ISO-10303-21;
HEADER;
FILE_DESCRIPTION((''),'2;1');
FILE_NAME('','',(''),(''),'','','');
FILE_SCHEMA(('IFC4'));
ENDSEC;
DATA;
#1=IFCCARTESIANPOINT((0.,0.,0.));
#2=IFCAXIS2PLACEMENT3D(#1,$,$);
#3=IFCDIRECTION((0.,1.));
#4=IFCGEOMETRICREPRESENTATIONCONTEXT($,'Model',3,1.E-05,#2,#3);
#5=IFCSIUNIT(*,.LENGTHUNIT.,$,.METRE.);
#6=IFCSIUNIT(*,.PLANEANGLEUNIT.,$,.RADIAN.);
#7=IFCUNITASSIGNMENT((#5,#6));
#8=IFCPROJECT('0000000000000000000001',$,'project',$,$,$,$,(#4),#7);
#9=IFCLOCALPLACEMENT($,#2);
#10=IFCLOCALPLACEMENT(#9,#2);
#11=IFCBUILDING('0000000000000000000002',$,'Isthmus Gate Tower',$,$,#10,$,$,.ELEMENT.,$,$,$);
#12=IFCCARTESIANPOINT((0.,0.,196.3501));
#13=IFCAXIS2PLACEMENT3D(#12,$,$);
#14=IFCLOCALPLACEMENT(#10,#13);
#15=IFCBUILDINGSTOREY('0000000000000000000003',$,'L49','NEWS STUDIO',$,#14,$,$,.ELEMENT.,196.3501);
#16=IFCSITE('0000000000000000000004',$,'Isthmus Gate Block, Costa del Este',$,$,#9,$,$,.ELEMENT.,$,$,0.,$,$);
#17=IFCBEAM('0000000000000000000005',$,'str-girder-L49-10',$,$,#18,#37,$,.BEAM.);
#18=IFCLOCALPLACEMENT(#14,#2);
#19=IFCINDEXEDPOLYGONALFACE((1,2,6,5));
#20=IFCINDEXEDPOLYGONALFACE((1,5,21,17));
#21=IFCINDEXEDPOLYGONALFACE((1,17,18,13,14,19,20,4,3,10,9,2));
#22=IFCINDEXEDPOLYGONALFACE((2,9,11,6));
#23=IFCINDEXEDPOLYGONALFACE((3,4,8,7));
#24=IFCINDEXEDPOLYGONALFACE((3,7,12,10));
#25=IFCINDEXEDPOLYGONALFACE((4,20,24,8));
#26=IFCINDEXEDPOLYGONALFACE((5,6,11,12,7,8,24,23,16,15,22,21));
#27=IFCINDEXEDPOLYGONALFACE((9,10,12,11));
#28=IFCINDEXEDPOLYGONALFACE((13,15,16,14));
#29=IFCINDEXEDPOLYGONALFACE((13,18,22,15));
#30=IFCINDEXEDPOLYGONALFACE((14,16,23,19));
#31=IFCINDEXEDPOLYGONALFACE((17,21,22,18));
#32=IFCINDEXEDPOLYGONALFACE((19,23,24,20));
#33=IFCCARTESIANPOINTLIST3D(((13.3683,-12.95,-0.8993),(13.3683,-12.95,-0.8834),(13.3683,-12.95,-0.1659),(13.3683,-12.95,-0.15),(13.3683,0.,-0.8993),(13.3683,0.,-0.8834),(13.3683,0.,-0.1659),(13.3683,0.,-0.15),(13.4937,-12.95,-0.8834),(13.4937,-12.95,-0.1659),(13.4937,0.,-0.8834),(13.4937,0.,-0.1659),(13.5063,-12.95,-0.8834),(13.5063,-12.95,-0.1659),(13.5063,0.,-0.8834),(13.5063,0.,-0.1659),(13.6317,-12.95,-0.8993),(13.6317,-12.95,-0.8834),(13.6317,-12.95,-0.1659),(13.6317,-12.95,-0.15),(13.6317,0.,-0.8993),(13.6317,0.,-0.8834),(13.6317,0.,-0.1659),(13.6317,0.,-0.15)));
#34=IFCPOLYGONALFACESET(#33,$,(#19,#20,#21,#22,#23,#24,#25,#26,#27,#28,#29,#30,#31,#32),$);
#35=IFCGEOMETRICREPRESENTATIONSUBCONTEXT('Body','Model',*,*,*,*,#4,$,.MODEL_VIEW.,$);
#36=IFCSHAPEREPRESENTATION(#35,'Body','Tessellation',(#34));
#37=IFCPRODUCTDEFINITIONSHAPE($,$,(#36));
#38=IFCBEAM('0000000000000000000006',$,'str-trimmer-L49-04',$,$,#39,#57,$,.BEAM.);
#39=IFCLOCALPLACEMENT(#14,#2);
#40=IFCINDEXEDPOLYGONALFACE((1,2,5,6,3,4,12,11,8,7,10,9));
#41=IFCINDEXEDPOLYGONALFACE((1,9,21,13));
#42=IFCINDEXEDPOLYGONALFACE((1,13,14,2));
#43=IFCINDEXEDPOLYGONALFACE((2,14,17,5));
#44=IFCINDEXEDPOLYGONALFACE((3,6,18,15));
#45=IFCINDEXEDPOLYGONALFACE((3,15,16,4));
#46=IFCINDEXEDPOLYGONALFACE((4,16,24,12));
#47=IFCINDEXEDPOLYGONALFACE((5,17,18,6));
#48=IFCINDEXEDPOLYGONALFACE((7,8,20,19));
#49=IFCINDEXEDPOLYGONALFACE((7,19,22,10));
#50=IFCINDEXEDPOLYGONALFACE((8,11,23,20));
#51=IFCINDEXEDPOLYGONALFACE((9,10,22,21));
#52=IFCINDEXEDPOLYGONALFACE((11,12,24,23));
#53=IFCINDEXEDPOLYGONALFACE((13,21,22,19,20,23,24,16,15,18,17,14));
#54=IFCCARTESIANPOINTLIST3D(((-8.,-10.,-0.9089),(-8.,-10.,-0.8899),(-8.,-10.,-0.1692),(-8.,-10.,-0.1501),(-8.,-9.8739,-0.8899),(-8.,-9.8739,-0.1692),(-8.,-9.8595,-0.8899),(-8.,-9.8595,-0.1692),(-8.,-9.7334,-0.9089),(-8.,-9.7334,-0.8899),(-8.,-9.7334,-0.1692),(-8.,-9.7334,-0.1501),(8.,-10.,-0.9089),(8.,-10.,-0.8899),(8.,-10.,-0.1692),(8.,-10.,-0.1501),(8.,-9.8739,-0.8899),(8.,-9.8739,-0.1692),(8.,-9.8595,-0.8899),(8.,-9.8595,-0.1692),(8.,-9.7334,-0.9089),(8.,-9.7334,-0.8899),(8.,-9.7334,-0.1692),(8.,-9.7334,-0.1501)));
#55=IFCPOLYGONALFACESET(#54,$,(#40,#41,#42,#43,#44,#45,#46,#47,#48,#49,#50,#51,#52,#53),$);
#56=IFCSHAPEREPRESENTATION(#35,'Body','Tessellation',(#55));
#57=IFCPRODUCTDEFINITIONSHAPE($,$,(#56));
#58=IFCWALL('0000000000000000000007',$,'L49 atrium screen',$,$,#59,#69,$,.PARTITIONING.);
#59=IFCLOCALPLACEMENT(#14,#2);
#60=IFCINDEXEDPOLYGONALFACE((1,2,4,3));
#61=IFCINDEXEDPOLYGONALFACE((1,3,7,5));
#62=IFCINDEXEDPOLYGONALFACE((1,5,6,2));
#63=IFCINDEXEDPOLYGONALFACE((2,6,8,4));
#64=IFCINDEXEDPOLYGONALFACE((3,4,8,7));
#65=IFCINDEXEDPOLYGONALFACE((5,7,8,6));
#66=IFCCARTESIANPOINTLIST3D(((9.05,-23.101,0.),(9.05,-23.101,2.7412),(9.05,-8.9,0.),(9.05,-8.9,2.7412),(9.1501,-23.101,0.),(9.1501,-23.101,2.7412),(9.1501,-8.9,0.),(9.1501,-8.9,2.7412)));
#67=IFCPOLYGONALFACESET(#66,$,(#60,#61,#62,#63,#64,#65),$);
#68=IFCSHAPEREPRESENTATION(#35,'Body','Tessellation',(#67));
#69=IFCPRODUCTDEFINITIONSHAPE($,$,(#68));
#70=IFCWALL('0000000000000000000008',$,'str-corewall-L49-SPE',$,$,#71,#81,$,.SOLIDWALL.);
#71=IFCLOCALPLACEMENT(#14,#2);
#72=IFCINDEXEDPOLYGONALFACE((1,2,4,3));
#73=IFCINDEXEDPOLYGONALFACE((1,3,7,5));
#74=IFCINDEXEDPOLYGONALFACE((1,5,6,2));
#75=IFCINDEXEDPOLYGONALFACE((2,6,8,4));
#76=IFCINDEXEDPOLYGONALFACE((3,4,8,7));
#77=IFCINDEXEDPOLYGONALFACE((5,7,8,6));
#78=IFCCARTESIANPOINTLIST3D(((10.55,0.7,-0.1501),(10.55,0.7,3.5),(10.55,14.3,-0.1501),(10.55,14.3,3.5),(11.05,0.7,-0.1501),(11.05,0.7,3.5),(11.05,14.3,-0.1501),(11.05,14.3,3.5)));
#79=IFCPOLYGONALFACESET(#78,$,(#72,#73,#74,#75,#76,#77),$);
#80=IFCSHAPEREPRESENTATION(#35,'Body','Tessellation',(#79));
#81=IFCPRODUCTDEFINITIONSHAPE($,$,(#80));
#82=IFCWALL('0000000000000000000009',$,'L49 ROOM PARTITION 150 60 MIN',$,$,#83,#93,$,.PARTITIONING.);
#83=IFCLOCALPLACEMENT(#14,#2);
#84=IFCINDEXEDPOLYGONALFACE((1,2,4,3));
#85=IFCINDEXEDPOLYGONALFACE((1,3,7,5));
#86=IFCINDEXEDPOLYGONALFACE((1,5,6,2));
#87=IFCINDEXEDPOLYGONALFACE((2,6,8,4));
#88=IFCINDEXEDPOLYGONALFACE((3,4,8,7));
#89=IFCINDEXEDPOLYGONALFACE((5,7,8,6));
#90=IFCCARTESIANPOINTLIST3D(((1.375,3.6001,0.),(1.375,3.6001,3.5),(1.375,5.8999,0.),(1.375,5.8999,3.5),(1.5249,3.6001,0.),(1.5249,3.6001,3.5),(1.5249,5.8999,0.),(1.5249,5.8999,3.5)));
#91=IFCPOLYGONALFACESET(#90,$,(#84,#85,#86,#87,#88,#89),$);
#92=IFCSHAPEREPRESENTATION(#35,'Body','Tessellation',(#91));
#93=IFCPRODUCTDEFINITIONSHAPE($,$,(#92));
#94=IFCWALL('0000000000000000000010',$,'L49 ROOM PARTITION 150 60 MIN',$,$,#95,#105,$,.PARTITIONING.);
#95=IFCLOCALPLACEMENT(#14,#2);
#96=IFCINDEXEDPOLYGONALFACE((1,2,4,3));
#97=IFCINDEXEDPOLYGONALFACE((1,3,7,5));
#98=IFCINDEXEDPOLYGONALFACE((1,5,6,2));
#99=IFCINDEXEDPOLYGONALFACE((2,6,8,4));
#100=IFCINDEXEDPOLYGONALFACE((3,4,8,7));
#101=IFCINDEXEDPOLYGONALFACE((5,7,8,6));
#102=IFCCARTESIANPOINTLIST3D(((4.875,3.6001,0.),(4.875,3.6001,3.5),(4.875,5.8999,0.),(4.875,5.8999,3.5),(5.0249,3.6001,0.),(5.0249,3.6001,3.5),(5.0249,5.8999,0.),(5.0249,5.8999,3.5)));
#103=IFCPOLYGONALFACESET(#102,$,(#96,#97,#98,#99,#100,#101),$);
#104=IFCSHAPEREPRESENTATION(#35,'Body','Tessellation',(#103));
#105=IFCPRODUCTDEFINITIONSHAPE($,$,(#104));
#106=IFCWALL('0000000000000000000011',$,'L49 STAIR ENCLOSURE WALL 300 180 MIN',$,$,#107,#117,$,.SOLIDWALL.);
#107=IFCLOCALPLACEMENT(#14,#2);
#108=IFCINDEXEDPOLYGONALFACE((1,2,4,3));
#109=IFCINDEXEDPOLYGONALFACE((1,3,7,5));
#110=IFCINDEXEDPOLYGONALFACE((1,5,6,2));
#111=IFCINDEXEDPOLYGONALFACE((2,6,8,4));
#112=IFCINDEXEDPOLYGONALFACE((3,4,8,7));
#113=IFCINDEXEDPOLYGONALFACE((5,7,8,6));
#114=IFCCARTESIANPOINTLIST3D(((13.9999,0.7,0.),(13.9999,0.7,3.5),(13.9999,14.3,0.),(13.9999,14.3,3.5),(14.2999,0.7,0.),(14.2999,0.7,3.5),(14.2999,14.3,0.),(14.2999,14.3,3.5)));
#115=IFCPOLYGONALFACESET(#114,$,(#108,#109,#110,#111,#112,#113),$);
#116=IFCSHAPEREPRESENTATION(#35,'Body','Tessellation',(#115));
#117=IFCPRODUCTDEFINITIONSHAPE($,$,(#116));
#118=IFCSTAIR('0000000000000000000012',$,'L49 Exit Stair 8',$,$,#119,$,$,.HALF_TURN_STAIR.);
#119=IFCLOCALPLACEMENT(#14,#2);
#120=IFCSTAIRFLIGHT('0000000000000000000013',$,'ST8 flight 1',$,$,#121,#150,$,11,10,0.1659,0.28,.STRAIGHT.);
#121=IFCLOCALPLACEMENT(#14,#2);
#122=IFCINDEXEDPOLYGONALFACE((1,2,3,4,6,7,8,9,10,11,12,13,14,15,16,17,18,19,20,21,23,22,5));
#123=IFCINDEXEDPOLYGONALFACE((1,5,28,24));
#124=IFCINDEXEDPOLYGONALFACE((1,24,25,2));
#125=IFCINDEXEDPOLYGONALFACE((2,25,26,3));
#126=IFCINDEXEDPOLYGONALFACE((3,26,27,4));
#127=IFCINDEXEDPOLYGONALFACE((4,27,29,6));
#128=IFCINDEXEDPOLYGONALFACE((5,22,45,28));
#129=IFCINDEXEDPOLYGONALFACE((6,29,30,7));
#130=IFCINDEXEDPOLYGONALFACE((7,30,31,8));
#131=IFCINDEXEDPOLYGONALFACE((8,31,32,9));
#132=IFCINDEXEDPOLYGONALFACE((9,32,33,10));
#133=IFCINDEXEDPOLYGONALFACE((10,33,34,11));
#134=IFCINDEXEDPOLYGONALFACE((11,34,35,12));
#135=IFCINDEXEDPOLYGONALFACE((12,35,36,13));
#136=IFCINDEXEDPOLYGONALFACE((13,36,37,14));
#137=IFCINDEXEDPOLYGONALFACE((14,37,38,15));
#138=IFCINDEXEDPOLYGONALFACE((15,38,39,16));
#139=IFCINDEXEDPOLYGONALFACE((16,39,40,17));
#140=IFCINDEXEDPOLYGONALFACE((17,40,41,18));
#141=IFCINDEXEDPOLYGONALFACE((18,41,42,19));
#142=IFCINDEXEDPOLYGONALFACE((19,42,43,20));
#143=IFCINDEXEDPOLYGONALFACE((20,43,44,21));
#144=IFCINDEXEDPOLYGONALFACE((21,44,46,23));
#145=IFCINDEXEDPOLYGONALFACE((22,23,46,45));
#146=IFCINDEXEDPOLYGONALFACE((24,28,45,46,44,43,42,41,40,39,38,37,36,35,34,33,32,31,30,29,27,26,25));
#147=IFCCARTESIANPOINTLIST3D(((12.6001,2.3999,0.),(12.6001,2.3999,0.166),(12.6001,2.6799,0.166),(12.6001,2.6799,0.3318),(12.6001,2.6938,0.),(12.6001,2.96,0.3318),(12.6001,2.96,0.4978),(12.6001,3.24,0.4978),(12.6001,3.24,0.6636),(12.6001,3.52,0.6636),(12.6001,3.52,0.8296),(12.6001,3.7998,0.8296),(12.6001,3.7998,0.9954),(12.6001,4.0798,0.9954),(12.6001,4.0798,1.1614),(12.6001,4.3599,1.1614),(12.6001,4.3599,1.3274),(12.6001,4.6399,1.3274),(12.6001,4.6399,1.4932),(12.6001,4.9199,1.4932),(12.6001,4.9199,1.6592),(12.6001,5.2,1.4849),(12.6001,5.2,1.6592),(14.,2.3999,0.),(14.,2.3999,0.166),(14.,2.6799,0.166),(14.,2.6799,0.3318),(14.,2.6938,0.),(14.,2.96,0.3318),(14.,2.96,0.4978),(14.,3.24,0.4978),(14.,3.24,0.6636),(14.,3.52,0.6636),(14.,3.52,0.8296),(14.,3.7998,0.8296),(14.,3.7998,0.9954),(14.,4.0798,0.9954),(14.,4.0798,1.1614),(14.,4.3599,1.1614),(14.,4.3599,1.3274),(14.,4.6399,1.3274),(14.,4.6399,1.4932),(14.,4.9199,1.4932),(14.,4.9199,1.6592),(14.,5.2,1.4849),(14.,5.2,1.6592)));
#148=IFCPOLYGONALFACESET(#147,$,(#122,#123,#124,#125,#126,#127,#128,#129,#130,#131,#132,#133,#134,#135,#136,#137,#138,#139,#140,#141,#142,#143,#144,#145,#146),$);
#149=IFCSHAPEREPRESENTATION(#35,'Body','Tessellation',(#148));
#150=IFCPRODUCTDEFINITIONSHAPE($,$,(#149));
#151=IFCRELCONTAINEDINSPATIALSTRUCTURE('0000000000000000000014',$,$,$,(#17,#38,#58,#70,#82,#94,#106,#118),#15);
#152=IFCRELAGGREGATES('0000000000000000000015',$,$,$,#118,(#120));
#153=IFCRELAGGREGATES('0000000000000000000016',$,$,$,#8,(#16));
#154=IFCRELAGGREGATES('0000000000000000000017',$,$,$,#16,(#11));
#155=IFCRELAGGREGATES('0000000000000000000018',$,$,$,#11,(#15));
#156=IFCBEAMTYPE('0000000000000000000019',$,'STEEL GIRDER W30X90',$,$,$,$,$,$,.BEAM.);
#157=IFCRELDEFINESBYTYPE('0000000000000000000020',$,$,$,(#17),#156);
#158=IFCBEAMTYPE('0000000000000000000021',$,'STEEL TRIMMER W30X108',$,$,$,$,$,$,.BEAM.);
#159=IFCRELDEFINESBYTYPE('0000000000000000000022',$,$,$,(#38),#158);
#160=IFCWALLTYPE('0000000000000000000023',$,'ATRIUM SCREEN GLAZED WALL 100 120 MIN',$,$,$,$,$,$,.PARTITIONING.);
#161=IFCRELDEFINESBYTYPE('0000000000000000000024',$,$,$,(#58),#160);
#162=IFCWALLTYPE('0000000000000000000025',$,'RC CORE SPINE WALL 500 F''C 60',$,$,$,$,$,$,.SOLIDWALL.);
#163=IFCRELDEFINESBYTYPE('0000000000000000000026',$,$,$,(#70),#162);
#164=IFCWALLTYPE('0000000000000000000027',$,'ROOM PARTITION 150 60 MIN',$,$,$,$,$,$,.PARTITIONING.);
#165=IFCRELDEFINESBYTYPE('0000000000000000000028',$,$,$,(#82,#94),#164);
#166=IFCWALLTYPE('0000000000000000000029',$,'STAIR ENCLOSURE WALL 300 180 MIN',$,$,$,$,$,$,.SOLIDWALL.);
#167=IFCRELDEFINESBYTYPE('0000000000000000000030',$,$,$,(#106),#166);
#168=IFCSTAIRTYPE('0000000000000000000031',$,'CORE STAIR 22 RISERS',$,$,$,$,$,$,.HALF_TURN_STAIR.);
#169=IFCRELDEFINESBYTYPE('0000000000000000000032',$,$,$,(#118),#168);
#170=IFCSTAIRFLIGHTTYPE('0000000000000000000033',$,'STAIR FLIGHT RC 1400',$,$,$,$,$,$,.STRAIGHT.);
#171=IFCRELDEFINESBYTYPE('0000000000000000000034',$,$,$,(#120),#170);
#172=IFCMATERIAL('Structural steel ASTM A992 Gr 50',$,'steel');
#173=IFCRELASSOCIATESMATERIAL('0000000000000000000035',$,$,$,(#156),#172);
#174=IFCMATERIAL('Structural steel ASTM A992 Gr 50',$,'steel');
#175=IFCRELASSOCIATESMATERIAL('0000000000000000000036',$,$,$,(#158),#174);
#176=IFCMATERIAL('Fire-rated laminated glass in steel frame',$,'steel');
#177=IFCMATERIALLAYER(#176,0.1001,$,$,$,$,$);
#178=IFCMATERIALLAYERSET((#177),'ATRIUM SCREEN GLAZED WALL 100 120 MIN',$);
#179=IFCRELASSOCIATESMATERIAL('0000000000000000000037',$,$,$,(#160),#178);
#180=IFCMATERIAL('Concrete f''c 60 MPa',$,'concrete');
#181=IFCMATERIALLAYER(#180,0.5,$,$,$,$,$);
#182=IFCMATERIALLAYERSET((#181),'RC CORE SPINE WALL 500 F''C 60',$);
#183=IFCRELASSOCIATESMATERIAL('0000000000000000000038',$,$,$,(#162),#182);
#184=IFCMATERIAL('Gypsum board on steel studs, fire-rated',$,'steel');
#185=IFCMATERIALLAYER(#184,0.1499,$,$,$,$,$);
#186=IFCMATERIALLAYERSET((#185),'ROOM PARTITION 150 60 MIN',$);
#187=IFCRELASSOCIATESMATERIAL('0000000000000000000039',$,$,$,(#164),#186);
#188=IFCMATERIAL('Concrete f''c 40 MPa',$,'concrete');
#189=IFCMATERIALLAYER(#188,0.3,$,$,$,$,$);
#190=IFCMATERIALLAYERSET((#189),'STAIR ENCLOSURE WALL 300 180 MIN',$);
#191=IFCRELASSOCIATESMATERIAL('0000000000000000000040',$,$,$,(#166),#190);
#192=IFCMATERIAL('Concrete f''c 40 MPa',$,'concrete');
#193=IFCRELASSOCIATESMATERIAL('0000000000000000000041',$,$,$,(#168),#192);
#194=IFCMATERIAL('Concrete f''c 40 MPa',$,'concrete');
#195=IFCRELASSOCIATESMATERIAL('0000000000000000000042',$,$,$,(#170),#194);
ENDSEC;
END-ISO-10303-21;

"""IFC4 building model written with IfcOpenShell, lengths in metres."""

from ifc_helpers import new_model, si_unit, direction, frame, frame_2d, origin, origin_2d, place, context, subcontext, project, spatial, polyline, rectangle, i_section, outline, extrude, material, layer, layer_set, material_profile, profile_set, type_object, element, aggregate, save


model = new_model("IFC4")

# Units and contexts
model_context = context("Model", 3, precision=1e-05, world=origin(), true_north=direction((0.0, 1.0)))
body_context = subcontext(model_context, "Body", "Model", "MODEL_VIEW")
ifc_project = project(units=[si_unit("LENGTHUNIT", "METRE"), si_unit("PLANEANGLEUNIT", "RADIAN")], contexts=[model_context])

# Site, building, storey
site_placement = place(None, origin())
site = spatial("IfcSite", under=ifc_project, at=site_placement, Name="Isthmus Gate Block, Costa del Este", CompositionType="ELEMENT", RefElevation=0.0)
building_placement = place(site_placement, origin())
building = spatial("IfcBuilding", under=site, at=building_placement, Name="Isthmus Gate Tower", CompositionType="ELEMENT")
storey_placement = place(building_placement, frame((0.0, 0.0, 196.3501)))
storey = spatial("IfcBuildingStorey", under=building, at=storey_placement, Name="L49", Description="NEWS STUDIO", CompositionType="ELEMENT", Elevation=196.3501)

# Beams
ifc_material_1 = material(Name="Structural steel ASTM A992 Gr 50", Category="steel")
ifc_material_profile_1 = material_profile(ifc_material_1, i_section(OverallWidth=0.2634, OverallDepth=0.7493, WebThickness=0.0127, FlangeThickness=0.0159, at=origin_2d()), Name="W30X90")
ifc_profile_set_1 = profile_set([ifc_material_profile_1], Name="Structural steel ASTM A992 Gr 50")
beam_type_1 = type_object("IfcBeamType", Name="STEEL GIRDER W30X90", PredefinedType="BEAM", material=ifc_profile_set_1)
beam_1_placement = place(storey_placement, frame((13.5, -12.95, -0.5247), z_axis=(0.0, 1.0, 0.0), x_axis=(-1.0, 0.0, 0.0)))
element("IfcBeam", 1, at=beam_1_placement, inside=storey, type_object=beam_type_1, Name="str-girder-L49-10", PredefinedType="BEAM", context=body_context, shape_type="SweptSolid", body=[
    extrude(i_section(OverallWidth=0.2634, OverallDepth=0.7493, WebThickness=0.0127, FlangeThickness=0.0159, at=origin_2d()), origin(), (0.0, 0.0, 1.0), 12.95),
])
ifc_material_2 = material(Name="Structural steel ASTM A992 Gr 50", Category="steel")
ifc_material_profile_2 = material_profile(ifc_material_2, i_section(OverallWidth=0.2666, OverallDepth=0.7588, WebThickness=0.0144, FlangeThickness=0.019, at=origin_2d()), Name="W30X108")
ifc_profile_set_2 = profile_set([ifc_material_profile_2], Name="Structural steel ASTM A992 Gr 50")
beam_type_2 = type_object("IfcBeamType", Name="STEEL TRIMMER W30X108", PredefinedType="BEAM", material=ifc_profile_set_2)
beam_2_placement = place(storey_placement, frame((8.0, -9.8667, -0.5295), z_axis=(-1.0, 0.0, 0.0), x_axis=(0.0, -1.0, 0.0)))
element("IfcBeam", 2, at=beam_2_placement, inside=storey, type_object=beam_type_2, Name="str-trimmer-L49-04", PredefinedType="BEAM", context=body_context, shape_type="SweptSolid", body=[
    extrude(i_section(OverallWidth=0.2666, OverallDepth=0.7588, WebThickness=0.0144, FlangeThickness=0.019, at=origin_2d()), origin(), (0.0, 0.0, 1.0), 16.0),
])

# Walls
ifc_material_3 = material(Name="Fire-rated laminated glass in steel frame", Category="steel")
ifc_layer_1 = layer(ifc_material_3, 0.1001)
ifc_layer_set_1 = layer_set([ifc_layer_1], Name="ATRIUM SCREEN GLAZED WALL 100 120 MIN")
wall_type_1 = type_object("IfcWallType", Name="ATRIUM SCREEN GLAZED WALL 100 120 MIN", PredefinedType="PARTITIONING", material=ifc_layer_set_1)
wall_1_placement = place(storey_placement, frame((9.1001, -8.8999, 0.0), z_axis=(0.0, 0.0, 1.0), x_axis=(0.0, -1.0, 0.0)))
element("IfcWall", 3, at=wall_1_placement, inside=storey, type_object=wall_type_1, Name="L49 atrium screen", PredefinedType="PARTITIONING", context=body_context, shape_type="SweptSolid", body=[
    extrude(rectangle(XDim=14.2009, YDim=0.1001, at=frame_2d((7.1006, 0.0))), origin(), (0.0, 0.0, 1.0), 2.7412),
])
ifc_material_4 = material(Name="Concrete f'c 60 MPa", Category="concrete")
ifc_layer_2 = layer(ifc_material_4, 0.5)
ifc_layer_set_2 = layer_set([ifc_layer_2], Name="RC CORE SPINE WALL 500 F'C 60")
wall_type_2 = type_object("IfcWallType", Name="RC CORE SPINE WALL 500 F'C 60", PredefinedType="SOLIDWALL", material=ifc_layer_set_2)
wall_2_placement = place(storey_placement, frame((10.8, 0.7, -0.1501), z_axis=(0.0, 0.0, 1.0), x_axis=(0.0, 1.0, 0.0)))
element("IfcWall", 4, at=wall_2_placement, inside=storey, type_object=wall_type_2, Name="str-corewall-L49-SPE", PredefinedType="SOLIDWALL", context=body_context, shape_type="SweptSolid", body=[
    extrude(rectangle(XDim=13.6001, YDim=0.5, at=frame_2d((6.8, 0.0))), origin(), (0.0, 0.0, 1.0), 3.6501),
])
ifc_material_5 = material(Name="Gypsum board on steel studs, fire-rated", Category="steel")
ifc_layer_3 = layer(ifc_material_5, 0.1499)
ifc_layer_set_3 = layer_set([ifc_layer_3], Name="ROOM PARTITION 150 60 MIN")
wall_type_3 = type_object("IfcWallType", Name="ROOM PARTITION 150 60 MIN", PredefinedType="PARTITIONING", material=ifc_layer_set_3)
for number, where, z_axis, x_axis, name in (
    (5, (1.45, 3.6001, 0.0), (0.0, 0.0, 1.0), (0.0, 1.0, 0.0), "L49 ROOM PARTITION 150 60 MIN"),
    (6, (4.95, 3.6001, 0.0), (0.0, 0.0, 1.0), (0.0, 1.0, 0.0), "L49 ROOM PARTITION 150 60 MIN"),
):
    element("IfcWall", number, at=place(storey_placement, frame(where, z_axis=z_axis, x_axis=x_axis)), inside=storey, type_object=wall_type_3, Name=name, PredefinedType="PARTITIONING", context=body_context, shape_type="SweptSolid", body=[
        extrude(rectangle(XDim=2.2998, YDim=0.1499, at=frame_2d((1.1499, 0.0))), origin(), (0.0, 0.0, 1.0), 3.5),
    ])
ifc_material_6 = material(Name="Concrete f'c 40 MPa", Category="concrete")
ifc_layer_4 = layer(ifc_material_6, 0.3)
ifc_layer_set_4 = layer_set([ifc_layer_4], Name="STAIR ENCLOSURE WALL 300 180 MIN")
wall_type_4 = type_object("IfcWallType", Name="STAIR ENCLOSURE WALL 300 180 MIN", PredefinedType="SOLIDWALL", material=ifc_layer_set_4)
wall_3_placement = place(storey_placement, frame((14.1499, 0.7, 0.0), z_axis=(0.0, 0.0, 1.0), x_axis=(0.0, 1.0, 0.0)))
element("IfcWall", 7, at=wall_3_placement, inside=storey, type_object=wall_type_4, Name="L49 STAIR ENCLOSURE WALL 300 180 MIN", PredefinedType="SOLIDWALL", context=body_context, shape_type="SweptSolid", body=[
    extrude(rectangle(XDim=13.6001, YDim=0.3, at=frame_2d((6.8, 0.0))), origin(), (0.0, 0.0, 1.0), 3.5),
])

# Stair, stair flight
ifc_material_7 = material(Name="Concrete f'c 40 MPa", Category="concrete")
stair_type = type_object("IfcStairType", Name="CORE STAIR 22 RISERS", PredefinedType="HALF_TURN_STAIR", material=ifc_material_7)
stair_placement = place(storey_placement, origin())
stair = element("IfcStair", 8, at=stair_placement, inside=storey, type_object=stair_type, Name="L49 Exit Stair 8", PredefinedType="HALF_TURN_STAIR")
ifc_material_8 = material(Name="Concrete f'c 40 MPa", Category="concrete")
stair_flight_type = type_object("IfcStairFlightType", Name="STAIR FLIGHT RC 1400", PredefinedType="STRAIGHT", material=ifc_material_8)
stair_flight_placement = place(storey_placement, frame((13.3, 2.3999, 0.0), z_axis=(0.0, 0.0, 1.0), x_axis=(0.0, 1.0, 0.0)))
stair_flight = element("IfcStairFlight", 9, at=stair_flight_placement, type_object=stair_flight_type, Name="ST8 flight 1", NumberOfRisers=11, NumberOfTreads=10, PredefinedType="STRAIGHT", RiserHeight=0.1659, TreadLength=0.28, context=body_context, shape_type="SweptSolid", body=[
    extrude(outline(polyline([(0.0, 0.0), (0.0, 0.166), (0.28, 0.166), (0.28, 0.3318), (0.5601, 0.3318), (0.5601, 0.4978), (0.8401, 0.4978), (0.8401, 0.6636), (1.1201, 0.6636), (1.1201, 0.8296), (1.3999, 0.8296), (1.3999, 0.9954), (1.6799, 0.9954), (1.6799, 1.1614), (1.96, 1.1614), (1.96, 1.3274), (2.24, 1.3274), (2.24, 1.4932), (2.52, 1.4932), (2.52, 1.6592), (2.8, 1.6592), (2.8, 1.825), (2.8, 1.4849), (0.2939, 0.0), (0.0, 0.0)])), frame((0.0, 0.7, 0.0), z_axis=(0.0, -1.0, 0.0), x_axis=(1.0, 0.0, 0.0)), (0.0, 0.0, 1.0), 1.3999),
])
aggregate(stair, [stair_flight])

save(model, "model.ifc")
